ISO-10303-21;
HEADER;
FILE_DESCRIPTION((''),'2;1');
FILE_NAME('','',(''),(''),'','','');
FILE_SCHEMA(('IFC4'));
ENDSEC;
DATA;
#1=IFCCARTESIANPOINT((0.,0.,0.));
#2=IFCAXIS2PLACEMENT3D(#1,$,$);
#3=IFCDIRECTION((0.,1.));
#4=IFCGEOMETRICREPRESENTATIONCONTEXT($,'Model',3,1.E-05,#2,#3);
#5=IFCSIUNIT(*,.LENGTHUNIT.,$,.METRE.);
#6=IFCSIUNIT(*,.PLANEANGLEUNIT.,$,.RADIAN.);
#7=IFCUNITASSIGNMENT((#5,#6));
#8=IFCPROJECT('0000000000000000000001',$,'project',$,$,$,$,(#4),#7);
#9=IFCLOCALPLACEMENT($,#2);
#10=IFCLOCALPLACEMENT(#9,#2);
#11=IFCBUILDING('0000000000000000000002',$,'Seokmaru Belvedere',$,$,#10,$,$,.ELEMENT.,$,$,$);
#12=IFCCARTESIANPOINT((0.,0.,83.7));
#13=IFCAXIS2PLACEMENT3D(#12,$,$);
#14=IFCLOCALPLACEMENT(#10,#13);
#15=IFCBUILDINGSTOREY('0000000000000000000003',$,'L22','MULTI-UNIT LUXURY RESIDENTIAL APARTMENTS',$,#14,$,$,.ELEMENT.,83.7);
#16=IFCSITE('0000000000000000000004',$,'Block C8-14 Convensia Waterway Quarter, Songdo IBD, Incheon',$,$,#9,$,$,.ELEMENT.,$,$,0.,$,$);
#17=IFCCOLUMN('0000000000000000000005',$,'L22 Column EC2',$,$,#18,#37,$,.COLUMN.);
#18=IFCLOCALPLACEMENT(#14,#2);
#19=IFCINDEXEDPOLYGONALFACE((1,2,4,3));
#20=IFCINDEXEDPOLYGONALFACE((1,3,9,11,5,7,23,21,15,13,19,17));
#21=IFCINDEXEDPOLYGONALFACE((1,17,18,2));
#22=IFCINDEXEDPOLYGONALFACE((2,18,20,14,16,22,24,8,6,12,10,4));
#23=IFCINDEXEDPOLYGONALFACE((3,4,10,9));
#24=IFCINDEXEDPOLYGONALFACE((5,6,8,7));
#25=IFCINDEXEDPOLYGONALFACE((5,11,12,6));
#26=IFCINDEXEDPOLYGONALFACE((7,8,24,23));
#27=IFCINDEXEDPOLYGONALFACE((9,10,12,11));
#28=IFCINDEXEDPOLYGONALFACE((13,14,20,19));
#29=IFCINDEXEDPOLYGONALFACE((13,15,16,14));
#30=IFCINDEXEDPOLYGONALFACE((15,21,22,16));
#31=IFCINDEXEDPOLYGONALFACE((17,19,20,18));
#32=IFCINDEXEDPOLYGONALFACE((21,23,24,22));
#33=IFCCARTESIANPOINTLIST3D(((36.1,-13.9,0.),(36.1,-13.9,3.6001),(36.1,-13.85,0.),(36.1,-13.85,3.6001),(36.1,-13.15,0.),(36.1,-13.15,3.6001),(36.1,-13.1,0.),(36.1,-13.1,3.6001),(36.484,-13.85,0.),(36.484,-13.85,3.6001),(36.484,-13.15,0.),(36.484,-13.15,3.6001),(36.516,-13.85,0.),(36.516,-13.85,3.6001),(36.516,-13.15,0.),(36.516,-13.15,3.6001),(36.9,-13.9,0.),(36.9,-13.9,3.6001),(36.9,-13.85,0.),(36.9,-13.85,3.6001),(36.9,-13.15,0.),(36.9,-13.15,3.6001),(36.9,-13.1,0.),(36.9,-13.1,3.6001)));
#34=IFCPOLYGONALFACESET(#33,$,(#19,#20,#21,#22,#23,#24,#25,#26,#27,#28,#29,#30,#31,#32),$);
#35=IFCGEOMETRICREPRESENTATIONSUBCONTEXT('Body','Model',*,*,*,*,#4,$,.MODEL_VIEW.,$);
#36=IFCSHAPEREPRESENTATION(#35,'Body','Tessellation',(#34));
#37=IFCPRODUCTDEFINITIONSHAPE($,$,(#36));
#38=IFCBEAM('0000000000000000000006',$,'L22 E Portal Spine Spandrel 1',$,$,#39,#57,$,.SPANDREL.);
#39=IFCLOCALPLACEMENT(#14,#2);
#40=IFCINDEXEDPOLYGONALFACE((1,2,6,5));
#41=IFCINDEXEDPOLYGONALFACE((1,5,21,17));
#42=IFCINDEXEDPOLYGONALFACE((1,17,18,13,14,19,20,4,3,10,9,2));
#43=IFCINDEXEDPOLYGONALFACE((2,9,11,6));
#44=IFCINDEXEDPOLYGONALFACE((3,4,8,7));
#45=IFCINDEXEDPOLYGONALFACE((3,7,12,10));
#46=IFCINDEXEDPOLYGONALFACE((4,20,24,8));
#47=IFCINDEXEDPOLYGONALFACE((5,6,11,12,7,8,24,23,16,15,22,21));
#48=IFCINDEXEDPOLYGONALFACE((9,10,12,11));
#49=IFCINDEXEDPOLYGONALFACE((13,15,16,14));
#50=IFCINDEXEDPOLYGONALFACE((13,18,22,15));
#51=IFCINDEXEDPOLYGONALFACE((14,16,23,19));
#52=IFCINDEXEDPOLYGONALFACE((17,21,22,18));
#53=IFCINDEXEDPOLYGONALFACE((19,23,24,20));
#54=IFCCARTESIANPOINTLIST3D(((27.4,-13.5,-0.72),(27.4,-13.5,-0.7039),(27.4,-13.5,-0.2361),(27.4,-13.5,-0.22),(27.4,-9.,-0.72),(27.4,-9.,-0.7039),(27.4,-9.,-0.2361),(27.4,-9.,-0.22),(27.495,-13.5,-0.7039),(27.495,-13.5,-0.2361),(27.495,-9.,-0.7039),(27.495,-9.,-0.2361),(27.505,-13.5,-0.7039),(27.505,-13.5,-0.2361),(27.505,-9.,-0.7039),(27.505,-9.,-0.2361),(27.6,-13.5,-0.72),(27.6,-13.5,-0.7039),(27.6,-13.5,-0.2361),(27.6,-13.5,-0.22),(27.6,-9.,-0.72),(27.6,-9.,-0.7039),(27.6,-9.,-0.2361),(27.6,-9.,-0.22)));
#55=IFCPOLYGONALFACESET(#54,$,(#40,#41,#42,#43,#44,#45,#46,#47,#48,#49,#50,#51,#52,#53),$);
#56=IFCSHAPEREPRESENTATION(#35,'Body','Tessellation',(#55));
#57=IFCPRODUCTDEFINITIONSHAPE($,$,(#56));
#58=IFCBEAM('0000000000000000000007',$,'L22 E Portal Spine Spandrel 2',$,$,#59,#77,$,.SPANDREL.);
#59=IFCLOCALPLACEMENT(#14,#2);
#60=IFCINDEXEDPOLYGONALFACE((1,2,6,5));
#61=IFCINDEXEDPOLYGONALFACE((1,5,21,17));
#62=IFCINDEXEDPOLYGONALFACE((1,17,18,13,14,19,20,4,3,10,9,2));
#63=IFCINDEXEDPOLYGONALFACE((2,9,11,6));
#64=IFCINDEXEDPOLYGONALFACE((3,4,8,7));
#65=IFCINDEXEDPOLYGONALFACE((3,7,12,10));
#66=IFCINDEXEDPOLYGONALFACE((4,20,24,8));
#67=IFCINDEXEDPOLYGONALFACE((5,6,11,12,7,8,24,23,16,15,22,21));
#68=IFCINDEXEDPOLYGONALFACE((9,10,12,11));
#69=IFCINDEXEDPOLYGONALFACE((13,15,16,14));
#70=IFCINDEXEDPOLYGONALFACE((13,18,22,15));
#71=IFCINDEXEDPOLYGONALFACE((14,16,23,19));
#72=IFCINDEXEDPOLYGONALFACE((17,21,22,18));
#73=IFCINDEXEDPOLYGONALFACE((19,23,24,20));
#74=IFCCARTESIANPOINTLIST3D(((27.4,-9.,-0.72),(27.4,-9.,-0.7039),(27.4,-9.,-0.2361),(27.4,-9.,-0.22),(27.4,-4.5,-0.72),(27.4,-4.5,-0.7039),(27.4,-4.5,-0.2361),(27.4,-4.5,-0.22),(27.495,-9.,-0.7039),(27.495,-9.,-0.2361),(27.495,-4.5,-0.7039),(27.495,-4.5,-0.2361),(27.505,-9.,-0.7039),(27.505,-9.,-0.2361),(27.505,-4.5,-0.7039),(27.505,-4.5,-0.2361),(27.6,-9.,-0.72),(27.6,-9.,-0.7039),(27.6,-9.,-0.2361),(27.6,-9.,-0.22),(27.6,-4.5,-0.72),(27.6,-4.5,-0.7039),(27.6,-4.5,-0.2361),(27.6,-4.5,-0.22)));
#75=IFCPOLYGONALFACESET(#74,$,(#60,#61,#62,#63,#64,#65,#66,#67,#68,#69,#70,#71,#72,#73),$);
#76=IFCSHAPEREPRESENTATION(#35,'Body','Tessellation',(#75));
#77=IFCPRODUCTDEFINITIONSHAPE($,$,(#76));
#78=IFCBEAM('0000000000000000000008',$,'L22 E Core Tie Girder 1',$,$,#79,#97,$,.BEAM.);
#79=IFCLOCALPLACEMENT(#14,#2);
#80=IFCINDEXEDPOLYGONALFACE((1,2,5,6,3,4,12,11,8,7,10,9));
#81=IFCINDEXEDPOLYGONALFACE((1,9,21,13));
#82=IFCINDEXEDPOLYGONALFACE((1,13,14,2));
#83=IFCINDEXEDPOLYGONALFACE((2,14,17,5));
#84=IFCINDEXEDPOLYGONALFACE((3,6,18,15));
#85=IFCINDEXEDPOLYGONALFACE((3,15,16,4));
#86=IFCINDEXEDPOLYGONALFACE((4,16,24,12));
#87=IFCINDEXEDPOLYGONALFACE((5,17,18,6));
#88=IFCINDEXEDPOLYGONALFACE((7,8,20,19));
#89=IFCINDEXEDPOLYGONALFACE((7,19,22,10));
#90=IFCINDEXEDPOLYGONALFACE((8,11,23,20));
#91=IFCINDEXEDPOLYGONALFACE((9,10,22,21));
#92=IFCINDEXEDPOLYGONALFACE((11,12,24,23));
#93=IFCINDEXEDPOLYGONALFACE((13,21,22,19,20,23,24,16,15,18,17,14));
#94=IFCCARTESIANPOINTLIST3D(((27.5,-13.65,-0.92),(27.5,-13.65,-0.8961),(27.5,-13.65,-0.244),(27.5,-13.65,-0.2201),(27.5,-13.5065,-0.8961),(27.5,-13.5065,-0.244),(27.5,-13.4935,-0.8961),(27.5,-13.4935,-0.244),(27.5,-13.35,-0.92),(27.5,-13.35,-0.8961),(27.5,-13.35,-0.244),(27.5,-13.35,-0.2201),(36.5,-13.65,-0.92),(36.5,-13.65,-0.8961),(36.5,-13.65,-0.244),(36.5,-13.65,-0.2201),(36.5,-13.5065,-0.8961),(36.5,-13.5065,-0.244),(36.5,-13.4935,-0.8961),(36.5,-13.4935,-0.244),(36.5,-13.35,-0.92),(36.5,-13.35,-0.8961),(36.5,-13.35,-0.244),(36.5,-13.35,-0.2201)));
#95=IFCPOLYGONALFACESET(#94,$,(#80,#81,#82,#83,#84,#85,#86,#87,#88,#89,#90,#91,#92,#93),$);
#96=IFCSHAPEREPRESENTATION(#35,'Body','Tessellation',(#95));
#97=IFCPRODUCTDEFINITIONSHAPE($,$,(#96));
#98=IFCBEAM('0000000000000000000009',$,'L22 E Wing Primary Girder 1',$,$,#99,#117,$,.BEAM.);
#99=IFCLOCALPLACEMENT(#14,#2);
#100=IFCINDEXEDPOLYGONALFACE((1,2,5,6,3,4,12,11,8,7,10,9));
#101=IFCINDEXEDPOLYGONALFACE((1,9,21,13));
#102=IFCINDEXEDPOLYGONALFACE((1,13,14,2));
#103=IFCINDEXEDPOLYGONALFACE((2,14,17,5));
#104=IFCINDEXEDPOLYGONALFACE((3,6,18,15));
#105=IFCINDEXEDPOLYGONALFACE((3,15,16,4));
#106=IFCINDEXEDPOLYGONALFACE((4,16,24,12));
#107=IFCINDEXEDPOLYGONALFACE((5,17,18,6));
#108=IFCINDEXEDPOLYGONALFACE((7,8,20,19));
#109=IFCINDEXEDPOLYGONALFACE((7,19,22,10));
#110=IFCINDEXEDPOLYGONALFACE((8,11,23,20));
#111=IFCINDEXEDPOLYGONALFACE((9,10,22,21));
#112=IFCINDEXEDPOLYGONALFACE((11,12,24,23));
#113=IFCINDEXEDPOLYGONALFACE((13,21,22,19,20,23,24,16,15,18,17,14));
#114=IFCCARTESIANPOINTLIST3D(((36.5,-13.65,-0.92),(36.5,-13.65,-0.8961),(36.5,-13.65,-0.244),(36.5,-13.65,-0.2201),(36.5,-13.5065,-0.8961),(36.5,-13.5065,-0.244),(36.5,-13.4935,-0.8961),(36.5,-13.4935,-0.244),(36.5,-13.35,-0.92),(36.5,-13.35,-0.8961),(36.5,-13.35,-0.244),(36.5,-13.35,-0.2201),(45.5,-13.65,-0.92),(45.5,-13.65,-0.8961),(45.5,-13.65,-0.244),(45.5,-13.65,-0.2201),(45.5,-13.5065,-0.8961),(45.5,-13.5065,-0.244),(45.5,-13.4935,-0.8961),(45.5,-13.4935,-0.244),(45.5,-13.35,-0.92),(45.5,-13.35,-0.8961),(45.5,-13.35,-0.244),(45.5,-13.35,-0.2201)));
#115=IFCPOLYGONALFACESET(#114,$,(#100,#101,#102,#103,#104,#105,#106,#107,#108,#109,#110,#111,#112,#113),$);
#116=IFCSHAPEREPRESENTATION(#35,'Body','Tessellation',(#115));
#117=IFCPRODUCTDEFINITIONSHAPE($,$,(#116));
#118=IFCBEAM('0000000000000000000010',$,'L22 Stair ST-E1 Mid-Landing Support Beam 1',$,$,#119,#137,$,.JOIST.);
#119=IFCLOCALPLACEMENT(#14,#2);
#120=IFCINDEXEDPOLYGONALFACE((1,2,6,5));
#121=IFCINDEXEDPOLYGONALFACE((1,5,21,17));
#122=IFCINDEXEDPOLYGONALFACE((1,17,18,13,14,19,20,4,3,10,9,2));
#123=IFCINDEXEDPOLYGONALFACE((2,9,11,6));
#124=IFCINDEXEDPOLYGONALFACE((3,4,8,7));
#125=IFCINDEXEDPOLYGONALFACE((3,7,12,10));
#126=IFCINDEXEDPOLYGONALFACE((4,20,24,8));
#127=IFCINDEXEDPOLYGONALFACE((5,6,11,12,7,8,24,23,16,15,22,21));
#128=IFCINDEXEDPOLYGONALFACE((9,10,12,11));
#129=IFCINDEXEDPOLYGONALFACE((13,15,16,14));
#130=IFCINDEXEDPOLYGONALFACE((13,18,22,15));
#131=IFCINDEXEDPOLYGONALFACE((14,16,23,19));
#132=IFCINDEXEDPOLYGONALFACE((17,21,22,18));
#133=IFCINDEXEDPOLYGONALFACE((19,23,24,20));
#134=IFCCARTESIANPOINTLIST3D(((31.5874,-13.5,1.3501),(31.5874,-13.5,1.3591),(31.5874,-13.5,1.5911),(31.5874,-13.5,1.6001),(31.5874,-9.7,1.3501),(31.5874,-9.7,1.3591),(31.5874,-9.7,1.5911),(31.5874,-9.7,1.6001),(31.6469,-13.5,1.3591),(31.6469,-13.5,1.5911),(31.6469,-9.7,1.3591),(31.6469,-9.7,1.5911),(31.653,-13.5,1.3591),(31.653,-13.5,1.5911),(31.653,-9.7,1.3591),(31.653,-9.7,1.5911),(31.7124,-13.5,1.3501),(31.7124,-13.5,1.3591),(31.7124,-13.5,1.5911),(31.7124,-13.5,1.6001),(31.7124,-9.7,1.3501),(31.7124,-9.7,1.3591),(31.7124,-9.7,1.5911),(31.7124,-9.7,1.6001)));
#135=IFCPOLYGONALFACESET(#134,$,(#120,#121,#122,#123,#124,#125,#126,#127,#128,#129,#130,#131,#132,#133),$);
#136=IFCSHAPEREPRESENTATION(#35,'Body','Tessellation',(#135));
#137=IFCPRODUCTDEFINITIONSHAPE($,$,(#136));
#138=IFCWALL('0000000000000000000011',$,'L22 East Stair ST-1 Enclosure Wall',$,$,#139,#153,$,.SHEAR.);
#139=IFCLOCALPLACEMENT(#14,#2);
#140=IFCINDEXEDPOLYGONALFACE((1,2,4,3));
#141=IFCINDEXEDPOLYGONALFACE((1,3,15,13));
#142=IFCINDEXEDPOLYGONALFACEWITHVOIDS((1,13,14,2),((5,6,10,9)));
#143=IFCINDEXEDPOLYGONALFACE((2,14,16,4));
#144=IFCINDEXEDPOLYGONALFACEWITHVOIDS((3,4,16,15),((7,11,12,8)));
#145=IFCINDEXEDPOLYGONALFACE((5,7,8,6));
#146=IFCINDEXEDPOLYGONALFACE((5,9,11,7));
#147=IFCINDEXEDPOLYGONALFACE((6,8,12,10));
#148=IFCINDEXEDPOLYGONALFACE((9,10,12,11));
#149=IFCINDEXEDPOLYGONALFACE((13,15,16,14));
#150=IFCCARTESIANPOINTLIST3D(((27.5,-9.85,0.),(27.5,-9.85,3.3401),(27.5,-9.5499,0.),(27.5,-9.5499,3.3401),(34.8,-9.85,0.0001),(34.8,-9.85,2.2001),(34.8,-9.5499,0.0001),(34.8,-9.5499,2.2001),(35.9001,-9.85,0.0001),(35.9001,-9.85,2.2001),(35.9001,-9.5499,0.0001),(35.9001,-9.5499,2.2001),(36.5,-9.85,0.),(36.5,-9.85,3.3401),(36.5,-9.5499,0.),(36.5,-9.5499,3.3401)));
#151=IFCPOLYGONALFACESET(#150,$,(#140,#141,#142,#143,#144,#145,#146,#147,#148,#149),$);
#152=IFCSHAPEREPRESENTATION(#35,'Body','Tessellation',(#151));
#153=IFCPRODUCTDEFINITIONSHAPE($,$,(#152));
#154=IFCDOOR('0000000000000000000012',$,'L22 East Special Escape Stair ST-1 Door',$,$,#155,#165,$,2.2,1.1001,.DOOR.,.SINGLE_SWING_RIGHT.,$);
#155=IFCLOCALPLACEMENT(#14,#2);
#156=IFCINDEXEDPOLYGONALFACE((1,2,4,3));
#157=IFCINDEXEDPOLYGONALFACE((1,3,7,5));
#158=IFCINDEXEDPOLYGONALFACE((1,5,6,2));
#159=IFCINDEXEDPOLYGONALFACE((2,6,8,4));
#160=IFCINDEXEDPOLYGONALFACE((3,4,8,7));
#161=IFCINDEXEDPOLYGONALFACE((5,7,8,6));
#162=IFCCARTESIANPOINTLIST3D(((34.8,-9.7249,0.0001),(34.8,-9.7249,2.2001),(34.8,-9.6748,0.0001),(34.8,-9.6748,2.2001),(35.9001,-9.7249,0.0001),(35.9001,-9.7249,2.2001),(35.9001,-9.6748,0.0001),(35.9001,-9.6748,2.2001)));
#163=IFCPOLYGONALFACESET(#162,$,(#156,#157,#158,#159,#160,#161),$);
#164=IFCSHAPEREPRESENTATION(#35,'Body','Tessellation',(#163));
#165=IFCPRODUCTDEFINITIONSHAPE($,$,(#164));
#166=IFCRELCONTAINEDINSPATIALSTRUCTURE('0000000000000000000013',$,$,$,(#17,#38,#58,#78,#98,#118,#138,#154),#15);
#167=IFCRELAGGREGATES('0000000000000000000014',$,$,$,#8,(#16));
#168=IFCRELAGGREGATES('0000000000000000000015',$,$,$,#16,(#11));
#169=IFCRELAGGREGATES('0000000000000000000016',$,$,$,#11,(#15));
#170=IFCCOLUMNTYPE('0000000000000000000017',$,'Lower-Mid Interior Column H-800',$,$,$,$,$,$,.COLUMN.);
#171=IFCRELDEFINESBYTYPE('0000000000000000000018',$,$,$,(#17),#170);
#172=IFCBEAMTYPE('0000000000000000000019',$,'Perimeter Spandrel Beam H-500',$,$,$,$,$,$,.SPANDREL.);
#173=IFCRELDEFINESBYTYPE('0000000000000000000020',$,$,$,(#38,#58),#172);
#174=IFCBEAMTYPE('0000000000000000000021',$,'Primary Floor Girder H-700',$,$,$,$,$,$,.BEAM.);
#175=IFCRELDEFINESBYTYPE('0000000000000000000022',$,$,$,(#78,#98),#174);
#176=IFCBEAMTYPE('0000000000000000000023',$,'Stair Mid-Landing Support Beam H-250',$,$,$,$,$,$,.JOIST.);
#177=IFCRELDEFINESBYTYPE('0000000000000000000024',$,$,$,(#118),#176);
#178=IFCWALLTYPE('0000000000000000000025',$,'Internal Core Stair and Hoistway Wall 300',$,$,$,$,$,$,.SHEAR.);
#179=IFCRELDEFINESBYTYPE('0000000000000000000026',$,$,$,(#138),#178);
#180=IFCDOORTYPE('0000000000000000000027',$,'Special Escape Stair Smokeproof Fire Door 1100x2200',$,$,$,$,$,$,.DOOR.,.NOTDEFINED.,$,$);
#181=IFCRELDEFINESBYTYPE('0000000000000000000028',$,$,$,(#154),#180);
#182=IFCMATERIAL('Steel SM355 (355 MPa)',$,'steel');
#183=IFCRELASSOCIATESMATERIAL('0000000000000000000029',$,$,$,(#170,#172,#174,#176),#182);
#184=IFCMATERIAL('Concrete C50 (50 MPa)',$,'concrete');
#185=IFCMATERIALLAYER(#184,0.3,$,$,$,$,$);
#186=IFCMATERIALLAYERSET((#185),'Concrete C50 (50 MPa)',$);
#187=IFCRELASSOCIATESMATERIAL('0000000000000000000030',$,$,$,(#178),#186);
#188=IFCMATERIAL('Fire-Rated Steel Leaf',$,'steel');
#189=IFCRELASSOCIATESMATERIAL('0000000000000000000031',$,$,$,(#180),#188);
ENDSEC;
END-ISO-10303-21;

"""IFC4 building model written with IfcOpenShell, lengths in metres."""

from ifc_helpers import new_model, si_unit, direction, frame, frame_2d, origin, origin_2d, place, context, subcontext, project, spatial, rectangle, i_section, extrude, source, transform, mapped, material, layer, layer_set, material_profile, profile_set, type_object, type_shapes, element, fill, save


model = new_model("IFC4")

# Units and contexts
model_context = context("Model", 3, precision=1e-05, world=origin(), true_north=direction((0.0, 1.0)))
body_context = subcontext(model_context, "Body", "Model", "MODEL_VIEW")
ifc_project = project(units=[si_unit("LENGTHUNIT", "METRE"), si_unit("PLANEANGLEUNIT", "RADIAN")], contexts=[model_context])

# Site, building, storey
site_placement = place(None, origin())
site = spatial("IfcSite", under=ifc_project, at=site_placement, Name="Block C8-14 Convensia Waterway Quarter, Songdo IBD, Incheon", CompositionType="ELEMENT", RefElevation=0.0)
building_placement = place(site_placement, origin())
building = spatial("IfcBuilding", under=site, at=building_placement, Name="Seokmaru Belvedere", CompositionType="ELEMENT")
storey_placement = place(building_placement, frame((0.0, 0.0, 83.7)))
storey = spatial("IfcBuildingStorey", under=building, at=storey_placement, Name="L22", Description="MULTI-UNIT LUXURY RESIDENTIAL APARTMENTS", CompositionType="ELEMENT", Elevation=83.7)

# Column
ifc_material_1 = material(Name="Steel SM355 (355 MPa)", Category="steel")
ifc_material_profile_1 = material_profile(ifc_material_1, i_section(OverallWidth=0.8, OverallDepth=0.8, WebThickness=0.032, FlangeThickness=0.05, at=origin_2d()), Name="H-800x800x32x50")
ifc_profile_set_1 = profile_set([ifc_material_profile_1], Name="Steel SM355 (355 MPa)")
column_type = type_object("IfcColumnType", Name="Lower-Mid Interior Column H-800", PredefinedType="COLUMN", material=ifc_profile_set_1)
shared_shape_1 = source(origin(), body_context, "Body", "SweptSolid", [
    extrude(i_section(OverallWidth=0.8, OverallDepth=0.8, WebThickness=0.032, FlangeThickness=0.05, at=origin_2d()), origin(), (0.0, 0.0, 1.0), 3.6001),
])
type_shapes(column_type, [shared_shape_1])
column_placement = place(storey_placement, frame((36.5, -13.5, 0.0), z_axis=(0.0, 0.0, 1.0), x_axis=(1.0, 0.0, 0.0)))
element("IfcColumn", 1, at=column_placement, inside=storey, type_object=column_type, Name="L22 Column EC2", PredefinedType="COLUMN", context=body_context, shape_type="MappedRepresentation", body=[
    mapped(shared_shape_1, transform((0.0, 0.0, 0.0), scale=1.0)),
])

# Beams
ifc_material_profile_2 = material_profile(ifc_material_1, i_section(OverallWidth=0.2, OverallDepth=0.5, WebThickness=0.01, FlangeThickness=0.0161, at=origin_2d()), Name="H-500x200x10x16")
ifc_profile_set_2 = profile_set([ifc_material_profile_2], Name="Steel SM355 (355 MPa)")
beam_type_1 = type_object("IfcBeamType", Name="Perimeter Spandrel Beam H-500", PredefinedType="SPANDREL", material=ifc_profile_set_2)
shared_shape_2 = source(origin(), body_context, "Body", "SweptSolid", [
    extrude(i_section(OverallWidth=0.2, OverallDepth=0.5, WebThickness=0.01, FlangeThickness=0.0161, at=origin_2d()), origin(), (0.0, 0.0, 1.0), 4.5),
])
type_shapes(beam_type_1, [shared_shape_2])
for number, where, z_axis, x_axis, name in (
    (2, (27.5, -13.5, -0.47), (0.0, 1.0, 0.0), (-1.0, 0.0, 0.0), "L22 E Portal Spine Spandrel 1"),
    (3, (27.5, -9.0, -0.47), (0.0, 1.0, 0.0), (-1.0, 0.0, 0.0), "L22 E Portal Spine Spandrel 2"),
):
    element("IfcBeam", number, at=place(storey_placement, frame(where, z_axis=z_axis, x_axis=x_axis)), inside=storey, type_object=beam_type_1, Name=name, PredefinedType="SPANDREL", context=body_context, shape_type="MappedRepresentation", body=[
        mapped(shared_shape_2, transform((0.0, 0.0, 0.0), scale=1.0)),
    ])
ifc_material_profile_3 = material_profile(ifc_material_1, i_section(OverallWidth=0.3, OverallDepth=0.7, WebThickness=0.0129, FlangeThickness=0.0239, at=origin_2d()), Name="H-700x300x13x24")
ifc_profile_set_3 = profile_set([ifc_material_profile_3], Name="Steel SM355 (355 MPa)")
beam_type_2 = type_object("IfcBeamType", Name="Primary Floor Girder H-700", PredefinedType="BEAM", material=ifc_profile_set_3)
shared_shape_3 = source(origin(), body_context, "Body", "SweptSolid", [
    extrude(i_section(OverallWidth=0.3, OverallDepth=0.7, WebThickness=0.0129, FlangeThickness=0.0239, at=origin_2d()), origin(), (0.0, 0.0, 1.0), 9.0),
])
type_shapes(beam_type_2, [shared_shape_3])
for number, where, z_axis, x_axis, name in (
    (4, (27.5, -13.5, -0.5701), (1.0, 0.0, 0.0), (0.0, 1.0, 0.0), "L22 E Core Tie Girder 1"),
    (5, (36.5, -13.5, -0.5701), (1.0, 0.0, 0.0), (0.0, 1.0, 0.0), "L22 E Wing Primary Girder 1"),
):
    element("IfcBeam", number, at=place(storey_placement, frame(where, z_axis=z_axis, x_axis=x_axis)), inside=storey, type_object=beam_type_2, Name=name, PredefinedType="BEAM", context=body_context, shape_type="MappedRepresentation", body=[
        mapped(shared_shape_3, transform((0.0, 0.0, 0.0), scale=1.0)),
    ])
ifc_material_profile_4 = material_profile(ifc_material_1, i_section(OverallWidth=0.125, OverallDepth=0.25, WebThickness=0.0061, FlangeThickness=0.009, at=origin_2d()), Name="H-250x125x6x9")
ifc_profile_set_4 = profile_set([ifc_material_profile_4], Name="Steel SM355 (355 MPa)")
beam_type_3 = type_object("IfcBeamType", Name="Stair Mid-Landing Support Beam H-250", PredefinedType="JOIST", material=ifc_profile_set_4)
shared_shape_4 = source(origin(), body_context, "Body", "SweptSolid", [
    extrude(i_section(OverallWidth=0.125, OverallDepth=0.25, WebThickness=0.0061, FlangeThickness=0.009, at=origin_2d()), origin(), (0.0, 0.0, 1.0), 3.8),
])
type_shapes(beam_type_3, [shared_shape_4])
beam_placement = place(storey_placement, frame((31.6499, -13.5, 1.4751), z_axis=(0.0, 1.0, 0.0), x_axis=(-1.0, 0.0, 0.0)))
element("IfcBeam", 6, at=beam_placement, inside=storey, type_object=beam_type_3, Name="L22 Stair ST-E1 Mid-Landing Support Beam 1", PredefinedType="JOIST", context=body_context, shape_type="MappedRepresentation", body=[
    mapped(shared_shape_4, transform((0.0, 0.0, 0.0), scale=1.0)),
])

# Wall, opening, door
ifc_material_2 = material(Name="Concrete C50 (50 MPa)", Category="concrete")
ifc_layer_1 = layer(ifc_material_2, 0.3)
ifc_layer_set_1 = layer_set([ifc_layer_1], Name="Concrete C50 (50 MPa)")
wall_type_1 = type_object("IfcWallType", Name="Internal Core Stair and Hoistway Wall 300", PredefinedType="SHEAR", material=ifc_layer_set_1)
wall_1_placement = place(storey_placement, frame((27.5, -9.7, 0.0), z_axis=(0.0, 0.0, 1.0), x_axis=(1.0, 0.0, 0.0)))
wall_1 = element("IfcWall", 7, at=wall_1_placement, inside=storey, type_object=wall_type_1, Name="L22 East Stair ST-1 Enclosure Wall", PredefinedType="SHEAR", context=body_context, shape_type="SweptSolid", body=[
    extrude(rectangle(XDim=9.0, YDim=0.3, at=frame_2d((4.5, 0.0))), origin(), (0.0, 0.0, 1.0), 3.3401),
])
opening_1_placement = place(wall_1_placement, frame((7.3, 0.0, 0.0)))
opening_1 = element("IfcOpeningElement", 8, at=opening_1_placement, cuts=wall_1, PredefinedType="OPENING", context=body_context, shape_type="SweptSolid", body=[
    extrude(rectangle(XDim=1.1001, YDim=2.2, at=frame_2d((0.55, 1.1001))), frame((0.0, 0.1602, 0.0), z_axis=(0.0, -1.0, 0.0), x_axis=(1.0, 0.0, 0.0)), (0.0, 0.0, 1.0), 0.3201),
])
ifc_material_3 = material(Name="Fire-Rated Steel Leaf", Category="steel")
door_type_1 = type_object("IfcDoorType", Name="Special Escape Stair Smokeproof Fire Door 1100x2200", OperationType="NOTDEFINED", PredefinedType="DOOR", material=ifc_material_3)
shared_shape_5 = source(origin(), body_context, "Body", "SweptSolid", [
    extrude(rectangle(XDim=1.1001, YDim=2.2, at=frame_2d((0.55, 1.1001))), frame((0.0, 0.0249, 0.0), z_axis=(0.0, -1.0, 0.0), x_axis=(1.0, 0.0, 0.0)), (0.0, 0.0, 1.0), 0.05),
])
type_shapes(door_type_1, [shared_shape_5])
door_1_placement = place(opening_1_placement, frame((1.1001, 0.0, 0.0), z_axis=(0.0, 0.0, 1.0), x_axis=(-1.0, 0.0, 0.0)))
door_1 = element("IfcDoor", 9, at=door_1_placement, inside=storey, type_object=door_type_1, Name="L22 East Special Escape Stair ST-1 Door", OperationType="SINGLE_SWING_RIGHT", OverallHeight=2.2, OverallWidth=1.1001, PredefinedType="DOOR", context=body_context, shape_type="MappedRepresentation", body=[
    mapped(shared_shape_5, transform((0.0, 0.0, 0.0), scale=1.0)),
])
fill(opening_1, door_1)

save(model, "model.ifc")
